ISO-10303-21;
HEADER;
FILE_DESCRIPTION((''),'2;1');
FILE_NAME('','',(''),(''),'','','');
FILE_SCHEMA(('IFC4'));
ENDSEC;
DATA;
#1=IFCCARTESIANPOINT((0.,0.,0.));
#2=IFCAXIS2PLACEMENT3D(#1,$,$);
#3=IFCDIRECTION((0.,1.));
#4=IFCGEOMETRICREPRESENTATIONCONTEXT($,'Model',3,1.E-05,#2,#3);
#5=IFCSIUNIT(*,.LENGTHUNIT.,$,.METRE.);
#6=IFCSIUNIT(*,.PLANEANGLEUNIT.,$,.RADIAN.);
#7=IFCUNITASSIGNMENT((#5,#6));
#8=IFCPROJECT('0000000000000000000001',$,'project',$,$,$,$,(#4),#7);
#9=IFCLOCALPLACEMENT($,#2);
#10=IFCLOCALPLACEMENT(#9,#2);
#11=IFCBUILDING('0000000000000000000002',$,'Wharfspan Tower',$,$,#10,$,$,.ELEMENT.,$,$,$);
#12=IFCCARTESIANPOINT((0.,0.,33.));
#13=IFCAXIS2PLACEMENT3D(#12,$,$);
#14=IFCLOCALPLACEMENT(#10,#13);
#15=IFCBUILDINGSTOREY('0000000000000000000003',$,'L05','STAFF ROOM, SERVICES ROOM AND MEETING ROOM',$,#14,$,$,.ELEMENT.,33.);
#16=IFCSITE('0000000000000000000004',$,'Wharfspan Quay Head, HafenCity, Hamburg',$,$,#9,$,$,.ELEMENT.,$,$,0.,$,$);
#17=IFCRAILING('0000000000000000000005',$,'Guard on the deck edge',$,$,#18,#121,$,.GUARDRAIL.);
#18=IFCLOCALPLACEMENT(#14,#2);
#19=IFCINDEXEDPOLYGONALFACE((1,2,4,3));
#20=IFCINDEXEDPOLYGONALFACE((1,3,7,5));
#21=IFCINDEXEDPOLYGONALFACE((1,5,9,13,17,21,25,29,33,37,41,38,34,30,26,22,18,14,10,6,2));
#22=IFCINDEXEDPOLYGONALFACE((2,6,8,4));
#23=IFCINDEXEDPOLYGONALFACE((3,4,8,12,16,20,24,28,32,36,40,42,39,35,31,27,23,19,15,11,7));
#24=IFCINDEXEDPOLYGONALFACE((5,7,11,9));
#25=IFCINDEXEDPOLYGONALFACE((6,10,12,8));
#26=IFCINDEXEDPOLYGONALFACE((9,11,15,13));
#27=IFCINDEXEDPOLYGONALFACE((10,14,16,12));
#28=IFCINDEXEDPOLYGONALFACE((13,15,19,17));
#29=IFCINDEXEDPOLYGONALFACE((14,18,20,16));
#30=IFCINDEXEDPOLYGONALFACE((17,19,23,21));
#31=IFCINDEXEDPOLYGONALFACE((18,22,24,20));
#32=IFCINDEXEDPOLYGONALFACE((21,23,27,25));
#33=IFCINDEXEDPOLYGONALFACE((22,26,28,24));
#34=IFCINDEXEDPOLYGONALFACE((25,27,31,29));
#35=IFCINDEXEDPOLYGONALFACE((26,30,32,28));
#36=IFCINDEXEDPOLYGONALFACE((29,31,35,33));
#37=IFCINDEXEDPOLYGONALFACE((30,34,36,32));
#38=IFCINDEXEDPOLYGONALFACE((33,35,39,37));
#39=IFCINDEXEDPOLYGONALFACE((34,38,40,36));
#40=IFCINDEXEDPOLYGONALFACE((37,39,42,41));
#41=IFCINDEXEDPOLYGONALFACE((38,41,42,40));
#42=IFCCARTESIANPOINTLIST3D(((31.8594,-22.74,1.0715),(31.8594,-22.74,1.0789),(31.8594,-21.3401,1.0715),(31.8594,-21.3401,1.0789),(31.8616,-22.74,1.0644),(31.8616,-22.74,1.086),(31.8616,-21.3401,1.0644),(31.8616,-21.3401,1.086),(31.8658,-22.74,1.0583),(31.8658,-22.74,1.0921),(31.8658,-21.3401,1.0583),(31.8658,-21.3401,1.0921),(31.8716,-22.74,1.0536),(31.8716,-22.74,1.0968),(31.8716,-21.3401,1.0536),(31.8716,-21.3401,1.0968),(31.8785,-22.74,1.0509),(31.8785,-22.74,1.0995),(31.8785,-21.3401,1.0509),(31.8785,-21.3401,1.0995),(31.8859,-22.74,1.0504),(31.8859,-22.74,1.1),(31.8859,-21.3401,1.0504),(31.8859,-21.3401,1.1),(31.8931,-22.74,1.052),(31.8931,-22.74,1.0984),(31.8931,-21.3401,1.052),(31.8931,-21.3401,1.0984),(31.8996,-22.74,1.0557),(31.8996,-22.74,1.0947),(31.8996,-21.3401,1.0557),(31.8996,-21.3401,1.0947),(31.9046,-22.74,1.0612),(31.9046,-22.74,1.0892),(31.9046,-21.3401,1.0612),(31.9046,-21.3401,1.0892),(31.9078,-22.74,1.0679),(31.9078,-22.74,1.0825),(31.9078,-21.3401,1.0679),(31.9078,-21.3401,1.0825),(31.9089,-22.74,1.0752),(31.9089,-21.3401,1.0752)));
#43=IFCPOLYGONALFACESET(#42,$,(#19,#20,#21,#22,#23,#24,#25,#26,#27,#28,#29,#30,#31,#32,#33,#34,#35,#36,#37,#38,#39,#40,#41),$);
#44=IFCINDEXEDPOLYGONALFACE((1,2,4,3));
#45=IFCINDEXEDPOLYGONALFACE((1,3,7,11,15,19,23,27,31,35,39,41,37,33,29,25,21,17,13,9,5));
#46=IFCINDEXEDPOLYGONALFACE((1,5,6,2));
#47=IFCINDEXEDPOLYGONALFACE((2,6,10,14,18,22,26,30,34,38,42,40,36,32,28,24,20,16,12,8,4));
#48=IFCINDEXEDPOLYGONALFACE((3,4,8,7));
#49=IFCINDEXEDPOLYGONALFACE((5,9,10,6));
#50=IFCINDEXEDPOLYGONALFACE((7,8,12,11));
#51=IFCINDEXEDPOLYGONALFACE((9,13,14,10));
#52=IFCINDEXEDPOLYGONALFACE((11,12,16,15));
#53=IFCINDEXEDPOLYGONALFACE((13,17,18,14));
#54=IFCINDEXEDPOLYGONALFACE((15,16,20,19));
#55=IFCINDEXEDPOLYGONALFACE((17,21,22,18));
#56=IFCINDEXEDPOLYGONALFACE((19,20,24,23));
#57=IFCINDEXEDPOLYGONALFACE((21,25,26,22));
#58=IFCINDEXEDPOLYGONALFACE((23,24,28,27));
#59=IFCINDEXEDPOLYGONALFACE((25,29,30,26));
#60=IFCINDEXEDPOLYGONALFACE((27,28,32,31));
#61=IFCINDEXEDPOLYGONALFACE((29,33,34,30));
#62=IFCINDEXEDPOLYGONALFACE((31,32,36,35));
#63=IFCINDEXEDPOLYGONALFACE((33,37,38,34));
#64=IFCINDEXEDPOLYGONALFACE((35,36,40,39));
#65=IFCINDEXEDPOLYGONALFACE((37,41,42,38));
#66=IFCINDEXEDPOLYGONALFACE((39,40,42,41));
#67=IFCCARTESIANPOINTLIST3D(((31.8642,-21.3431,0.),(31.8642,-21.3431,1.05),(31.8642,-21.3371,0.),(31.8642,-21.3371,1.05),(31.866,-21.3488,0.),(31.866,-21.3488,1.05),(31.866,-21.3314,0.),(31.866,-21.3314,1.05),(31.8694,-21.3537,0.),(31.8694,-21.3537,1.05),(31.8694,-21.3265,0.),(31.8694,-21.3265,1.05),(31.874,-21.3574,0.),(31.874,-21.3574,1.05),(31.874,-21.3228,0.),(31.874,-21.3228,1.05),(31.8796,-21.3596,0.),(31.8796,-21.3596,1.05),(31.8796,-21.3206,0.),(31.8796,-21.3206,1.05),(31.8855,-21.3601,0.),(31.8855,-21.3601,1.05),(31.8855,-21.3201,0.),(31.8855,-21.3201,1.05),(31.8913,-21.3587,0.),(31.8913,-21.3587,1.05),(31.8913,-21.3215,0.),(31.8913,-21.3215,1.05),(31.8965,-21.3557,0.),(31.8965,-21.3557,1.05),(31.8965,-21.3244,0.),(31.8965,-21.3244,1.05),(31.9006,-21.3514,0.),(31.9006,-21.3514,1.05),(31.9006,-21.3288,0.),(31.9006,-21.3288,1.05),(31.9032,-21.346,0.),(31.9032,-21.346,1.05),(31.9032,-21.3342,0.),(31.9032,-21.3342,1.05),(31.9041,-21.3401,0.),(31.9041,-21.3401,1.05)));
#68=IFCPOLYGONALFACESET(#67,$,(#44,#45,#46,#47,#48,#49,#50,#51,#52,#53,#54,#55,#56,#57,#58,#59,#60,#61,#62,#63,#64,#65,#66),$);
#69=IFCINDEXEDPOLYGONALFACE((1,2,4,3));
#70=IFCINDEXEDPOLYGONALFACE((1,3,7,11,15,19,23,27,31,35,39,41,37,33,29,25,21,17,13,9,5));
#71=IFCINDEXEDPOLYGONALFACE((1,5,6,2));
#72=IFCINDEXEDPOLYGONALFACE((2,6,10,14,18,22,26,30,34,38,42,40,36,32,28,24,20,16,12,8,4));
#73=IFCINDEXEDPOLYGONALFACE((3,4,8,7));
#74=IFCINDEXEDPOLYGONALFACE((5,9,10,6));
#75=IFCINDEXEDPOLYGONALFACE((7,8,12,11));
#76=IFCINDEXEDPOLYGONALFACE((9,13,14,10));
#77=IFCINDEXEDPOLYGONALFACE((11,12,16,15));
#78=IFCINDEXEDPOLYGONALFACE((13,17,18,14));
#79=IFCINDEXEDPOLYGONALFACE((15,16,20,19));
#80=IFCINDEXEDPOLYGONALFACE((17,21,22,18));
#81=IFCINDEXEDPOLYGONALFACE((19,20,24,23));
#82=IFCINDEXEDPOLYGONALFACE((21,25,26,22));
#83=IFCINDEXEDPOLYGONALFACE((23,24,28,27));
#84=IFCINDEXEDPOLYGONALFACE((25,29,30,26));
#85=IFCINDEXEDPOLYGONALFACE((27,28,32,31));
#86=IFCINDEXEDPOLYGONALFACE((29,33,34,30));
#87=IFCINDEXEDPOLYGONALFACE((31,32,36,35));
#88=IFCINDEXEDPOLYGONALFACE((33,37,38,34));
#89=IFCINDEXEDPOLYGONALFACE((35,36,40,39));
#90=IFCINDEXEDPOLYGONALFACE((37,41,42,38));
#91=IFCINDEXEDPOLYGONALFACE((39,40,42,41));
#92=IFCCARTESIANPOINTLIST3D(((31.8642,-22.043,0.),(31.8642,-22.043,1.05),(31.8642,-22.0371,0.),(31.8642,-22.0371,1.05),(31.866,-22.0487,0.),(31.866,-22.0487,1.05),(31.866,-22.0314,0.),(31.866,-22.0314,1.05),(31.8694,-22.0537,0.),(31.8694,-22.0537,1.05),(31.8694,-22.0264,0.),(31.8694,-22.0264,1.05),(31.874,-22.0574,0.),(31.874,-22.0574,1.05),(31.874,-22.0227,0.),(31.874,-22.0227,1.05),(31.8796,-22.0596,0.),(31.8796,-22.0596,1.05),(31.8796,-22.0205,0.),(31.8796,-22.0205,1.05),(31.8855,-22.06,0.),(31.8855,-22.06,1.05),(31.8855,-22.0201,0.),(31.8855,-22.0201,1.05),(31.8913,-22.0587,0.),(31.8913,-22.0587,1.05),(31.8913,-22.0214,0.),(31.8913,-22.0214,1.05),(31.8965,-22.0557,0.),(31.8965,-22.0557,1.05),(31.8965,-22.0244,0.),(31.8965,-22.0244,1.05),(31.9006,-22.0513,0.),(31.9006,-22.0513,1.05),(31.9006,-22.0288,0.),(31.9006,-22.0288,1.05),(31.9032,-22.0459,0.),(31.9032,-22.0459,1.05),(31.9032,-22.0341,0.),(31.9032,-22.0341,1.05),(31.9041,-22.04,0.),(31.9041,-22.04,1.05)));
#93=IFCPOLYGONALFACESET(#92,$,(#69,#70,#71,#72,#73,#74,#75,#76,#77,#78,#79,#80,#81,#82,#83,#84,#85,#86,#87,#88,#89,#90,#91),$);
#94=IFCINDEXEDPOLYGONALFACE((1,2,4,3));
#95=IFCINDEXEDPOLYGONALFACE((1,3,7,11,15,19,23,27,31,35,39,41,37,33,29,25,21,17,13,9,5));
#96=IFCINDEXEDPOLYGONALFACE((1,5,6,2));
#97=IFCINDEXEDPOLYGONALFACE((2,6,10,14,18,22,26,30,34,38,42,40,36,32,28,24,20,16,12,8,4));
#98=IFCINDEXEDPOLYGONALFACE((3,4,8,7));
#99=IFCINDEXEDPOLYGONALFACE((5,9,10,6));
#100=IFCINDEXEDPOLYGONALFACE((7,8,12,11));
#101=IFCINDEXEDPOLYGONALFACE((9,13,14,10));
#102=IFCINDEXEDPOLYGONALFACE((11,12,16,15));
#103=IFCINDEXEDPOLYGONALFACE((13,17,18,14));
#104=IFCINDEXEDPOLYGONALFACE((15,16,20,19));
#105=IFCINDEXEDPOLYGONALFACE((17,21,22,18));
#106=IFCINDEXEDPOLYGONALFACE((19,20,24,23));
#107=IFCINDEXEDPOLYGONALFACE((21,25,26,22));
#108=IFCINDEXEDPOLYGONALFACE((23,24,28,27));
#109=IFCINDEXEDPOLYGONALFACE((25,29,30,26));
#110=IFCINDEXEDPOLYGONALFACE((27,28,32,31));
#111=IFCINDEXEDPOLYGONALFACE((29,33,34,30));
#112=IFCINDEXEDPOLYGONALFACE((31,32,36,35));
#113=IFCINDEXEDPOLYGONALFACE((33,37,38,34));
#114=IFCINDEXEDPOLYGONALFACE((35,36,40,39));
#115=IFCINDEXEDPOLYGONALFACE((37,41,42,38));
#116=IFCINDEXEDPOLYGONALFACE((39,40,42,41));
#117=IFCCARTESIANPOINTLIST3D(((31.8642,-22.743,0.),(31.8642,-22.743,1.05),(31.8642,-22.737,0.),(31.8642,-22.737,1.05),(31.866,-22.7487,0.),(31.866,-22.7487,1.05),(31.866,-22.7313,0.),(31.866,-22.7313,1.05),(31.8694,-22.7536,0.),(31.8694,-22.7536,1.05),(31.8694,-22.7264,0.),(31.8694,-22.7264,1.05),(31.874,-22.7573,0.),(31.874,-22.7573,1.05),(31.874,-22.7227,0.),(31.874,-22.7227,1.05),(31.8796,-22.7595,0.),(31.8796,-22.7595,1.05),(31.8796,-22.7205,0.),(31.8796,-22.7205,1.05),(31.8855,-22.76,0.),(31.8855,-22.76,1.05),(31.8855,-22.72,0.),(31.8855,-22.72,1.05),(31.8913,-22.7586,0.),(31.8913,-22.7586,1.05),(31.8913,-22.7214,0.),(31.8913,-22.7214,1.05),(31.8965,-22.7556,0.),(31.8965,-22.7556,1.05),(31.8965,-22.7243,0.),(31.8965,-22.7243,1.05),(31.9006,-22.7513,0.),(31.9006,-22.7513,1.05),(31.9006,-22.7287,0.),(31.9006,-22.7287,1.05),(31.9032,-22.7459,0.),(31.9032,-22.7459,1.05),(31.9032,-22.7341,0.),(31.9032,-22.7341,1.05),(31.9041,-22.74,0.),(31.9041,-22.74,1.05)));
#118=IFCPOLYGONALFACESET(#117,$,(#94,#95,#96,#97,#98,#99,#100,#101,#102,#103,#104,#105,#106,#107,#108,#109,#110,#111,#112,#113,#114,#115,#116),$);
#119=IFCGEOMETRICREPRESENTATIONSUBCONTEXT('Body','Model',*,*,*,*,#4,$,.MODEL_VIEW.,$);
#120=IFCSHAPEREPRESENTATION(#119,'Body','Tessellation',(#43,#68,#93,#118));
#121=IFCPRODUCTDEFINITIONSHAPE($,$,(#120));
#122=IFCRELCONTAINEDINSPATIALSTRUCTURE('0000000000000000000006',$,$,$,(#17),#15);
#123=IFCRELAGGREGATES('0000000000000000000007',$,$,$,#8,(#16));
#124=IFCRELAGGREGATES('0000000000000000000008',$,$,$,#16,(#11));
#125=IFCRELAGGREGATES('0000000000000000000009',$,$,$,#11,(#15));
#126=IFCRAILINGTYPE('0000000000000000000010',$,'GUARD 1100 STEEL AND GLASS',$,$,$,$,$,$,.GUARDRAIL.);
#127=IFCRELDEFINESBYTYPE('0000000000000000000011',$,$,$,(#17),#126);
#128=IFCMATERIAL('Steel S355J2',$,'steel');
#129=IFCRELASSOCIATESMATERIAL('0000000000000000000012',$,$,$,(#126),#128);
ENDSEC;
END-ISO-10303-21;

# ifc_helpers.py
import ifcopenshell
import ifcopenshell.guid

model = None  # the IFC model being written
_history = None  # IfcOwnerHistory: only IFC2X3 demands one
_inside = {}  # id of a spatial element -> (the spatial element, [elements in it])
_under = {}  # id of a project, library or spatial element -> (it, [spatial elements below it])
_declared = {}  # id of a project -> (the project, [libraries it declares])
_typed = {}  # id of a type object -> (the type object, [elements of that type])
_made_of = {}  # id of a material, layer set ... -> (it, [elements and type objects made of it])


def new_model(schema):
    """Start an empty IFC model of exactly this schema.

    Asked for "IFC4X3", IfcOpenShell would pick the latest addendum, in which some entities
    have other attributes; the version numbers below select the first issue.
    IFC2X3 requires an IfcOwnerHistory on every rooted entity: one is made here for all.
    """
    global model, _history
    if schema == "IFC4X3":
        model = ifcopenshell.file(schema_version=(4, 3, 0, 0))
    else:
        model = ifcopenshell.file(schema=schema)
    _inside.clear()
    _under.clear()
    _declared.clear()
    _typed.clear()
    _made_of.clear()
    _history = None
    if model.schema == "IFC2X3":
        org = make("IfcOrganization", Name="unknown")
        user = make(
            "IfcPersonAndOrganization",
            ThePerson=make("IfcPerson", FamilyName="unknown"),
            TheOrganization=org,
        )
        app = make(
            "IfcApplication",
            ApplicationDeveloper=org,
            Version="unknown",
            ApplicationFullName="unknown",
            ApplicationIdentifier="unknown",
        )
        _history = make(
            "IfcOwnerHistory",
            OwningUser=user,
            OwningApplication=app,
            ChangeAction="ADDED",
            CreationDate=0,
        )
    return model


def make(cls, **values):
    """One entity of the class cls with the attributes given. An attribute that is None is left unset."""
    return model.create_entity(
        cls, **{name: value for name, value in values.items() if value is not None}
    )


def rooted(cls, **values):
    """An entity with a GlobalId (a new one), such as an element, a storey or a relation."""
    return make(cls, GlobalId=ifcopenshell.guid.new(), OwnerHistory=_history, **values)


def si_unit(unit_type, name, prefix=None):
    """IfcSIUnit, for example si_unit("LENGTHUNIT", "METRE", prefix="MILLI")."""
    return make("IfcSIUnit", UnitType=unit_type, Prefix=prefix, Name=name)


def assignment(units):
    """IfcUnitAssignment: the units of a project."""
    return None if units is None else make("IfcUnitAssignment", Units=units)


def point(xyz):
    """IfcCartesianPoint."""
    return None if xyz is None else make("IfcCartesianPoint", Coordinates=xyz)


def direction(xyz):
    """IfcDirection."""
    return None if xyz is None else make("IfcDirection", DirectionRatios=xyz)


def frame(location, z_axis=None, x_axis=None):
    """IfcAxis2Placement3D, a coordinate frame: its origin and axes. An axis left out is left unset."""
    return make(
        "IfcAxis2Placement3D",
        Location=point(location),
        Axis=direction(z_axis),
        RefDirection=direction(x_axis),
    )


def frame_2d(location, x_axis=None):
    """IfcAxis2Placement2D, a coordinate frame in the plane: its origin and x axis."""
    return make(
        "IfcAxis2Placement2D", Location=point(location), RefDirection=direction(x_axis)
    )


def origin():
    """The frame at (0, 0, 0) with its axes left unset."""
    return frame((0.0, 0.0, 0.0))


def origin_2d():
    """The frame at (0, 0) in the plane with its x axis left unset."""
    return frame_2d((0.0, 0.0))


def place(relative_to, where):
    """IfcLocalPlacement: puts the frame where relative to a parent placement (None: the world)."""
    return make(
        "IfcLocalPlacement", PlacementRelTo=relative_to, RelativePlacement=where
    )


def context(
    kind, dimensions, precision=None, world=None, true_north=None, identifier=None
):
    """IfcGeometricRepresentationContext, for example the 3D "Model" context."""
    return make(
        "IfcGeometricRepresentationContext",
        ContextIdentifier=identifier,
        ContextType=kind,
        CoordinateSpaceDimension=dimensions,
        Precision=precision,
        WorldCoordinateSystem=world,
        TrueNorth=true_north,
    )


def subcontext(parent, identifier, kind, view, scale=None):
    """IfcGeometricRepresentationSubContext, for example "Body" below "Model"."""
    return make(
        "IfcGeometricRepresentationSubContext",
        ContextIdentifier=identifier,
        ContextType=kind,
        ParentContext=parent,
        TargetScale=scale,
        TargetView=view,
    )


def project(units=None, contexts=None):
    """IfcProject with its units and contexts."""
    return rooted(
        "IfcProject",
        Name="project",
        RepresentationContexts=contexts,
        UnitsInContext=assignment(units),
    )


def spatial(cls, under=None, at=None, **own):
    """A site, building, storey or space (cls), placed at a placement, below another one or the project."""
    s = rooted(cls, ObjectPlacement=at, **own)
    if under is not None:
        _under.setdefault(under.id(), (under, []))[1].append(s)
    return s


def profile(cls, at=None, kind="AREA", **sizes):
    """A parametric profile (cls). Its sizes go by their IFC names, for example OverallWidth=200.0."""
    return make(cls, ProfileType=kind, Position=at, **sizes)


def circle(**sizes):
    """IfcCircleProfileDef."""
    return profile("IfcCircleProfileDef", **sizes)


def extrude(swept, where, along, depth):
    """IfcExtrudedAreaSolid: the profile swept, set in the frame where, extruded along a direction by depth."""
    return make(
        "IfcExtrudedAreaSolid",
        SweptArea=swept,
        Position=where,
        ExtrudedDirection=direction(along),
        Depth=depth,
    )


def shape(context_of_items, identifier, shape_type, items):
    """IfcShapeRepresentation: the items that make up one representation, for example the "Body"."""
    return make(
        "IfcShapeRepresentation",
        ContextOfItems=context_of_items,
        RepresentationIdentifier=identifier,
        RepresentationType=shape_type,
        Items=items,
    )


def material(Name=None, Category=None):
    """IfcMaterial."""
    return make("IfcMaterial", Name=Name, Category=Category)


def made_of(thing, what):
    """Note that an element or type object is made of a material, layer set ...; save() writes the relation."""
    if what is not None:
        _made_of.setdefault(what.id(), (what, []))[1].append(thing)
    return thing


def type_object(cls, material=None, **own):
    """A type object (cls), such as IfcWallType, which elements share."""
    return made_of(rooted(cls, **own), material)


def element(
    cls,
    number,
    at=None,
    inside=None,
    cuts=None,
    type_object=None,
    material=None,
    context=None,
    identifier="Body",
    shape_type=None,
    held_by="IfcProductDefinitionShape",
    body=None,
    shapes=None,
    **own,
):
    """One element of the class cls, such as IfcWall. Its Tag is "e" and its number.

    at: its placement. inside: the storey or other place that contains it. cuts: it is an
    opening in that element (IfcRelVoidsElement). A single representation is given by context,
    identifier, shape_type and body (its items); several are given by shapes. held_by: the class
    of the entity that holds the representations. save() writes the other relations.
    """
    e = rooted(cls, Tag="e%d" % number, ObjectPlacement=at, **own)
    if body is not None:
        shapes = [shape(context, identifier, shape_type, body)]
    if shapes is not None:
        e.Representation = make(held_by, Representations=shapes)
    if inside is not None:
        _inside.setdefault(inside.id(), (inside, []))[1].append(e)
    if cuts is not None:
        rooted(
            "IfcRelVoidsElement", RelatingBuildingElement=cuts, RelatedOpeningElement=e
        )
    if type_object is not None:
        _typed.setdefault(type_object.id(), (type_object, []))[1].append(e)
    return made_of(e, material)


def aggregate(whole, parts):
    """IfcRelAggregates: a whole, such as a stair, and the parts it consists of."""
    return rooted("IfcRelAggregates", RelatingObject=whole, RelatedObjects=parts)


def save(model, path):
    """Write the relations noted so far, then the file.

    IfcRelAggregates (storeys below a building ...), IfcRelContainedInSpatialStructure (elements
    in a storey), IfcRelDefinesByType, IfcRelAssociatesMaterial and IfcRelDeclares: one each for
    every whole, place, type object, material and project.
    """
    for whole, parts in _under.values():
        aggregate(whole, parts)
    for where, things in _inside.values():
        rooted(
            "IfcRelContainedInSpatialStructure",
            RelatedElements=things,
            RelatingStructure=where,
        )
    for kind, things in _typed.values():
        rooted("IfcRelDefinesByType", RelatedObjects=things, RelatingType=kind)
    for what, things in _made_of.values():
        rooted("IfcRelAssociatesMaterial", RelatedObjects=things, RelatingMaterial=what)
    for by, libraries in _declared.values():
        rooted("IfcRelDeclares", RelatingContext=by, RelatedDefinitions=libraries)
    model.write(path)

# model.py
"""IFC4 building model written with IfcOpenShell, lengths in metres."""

from ifc_helpers import new_model, si_unit, direction, frame, origin, origin_2d, place, context, subcontext, project, spatial, circle, extrude, material, type_object, element, save


model = new_model("IFC4")

# Units and contexts
model_context = context("Model", 3, precision=1e-05, world=origin(), true_north=direction((0.0, 1.0)))
body_context = subcontext(model_context, "Body", "Model", "MODEL_VIEW")
ifc_project = project(units=[si_unit("LENGTHUNIT", "METRE"), si_unit("PLANEANGLEUNIT", "RADIAN")], contexts=[model_context])

# Site, building, storey
site_placement = place(None, origin())
site = spatial("IfcSite", under=ifc_project, at=site_placement, Name="Wharfspan Quay Head, HafenCity, Hamburg", CompositionType="ELEMENT", RefElevation=0.0)
building_placement = place(site_placement, origin())
building = spatial("IfcBuilding", under=site, at=building_placement, Name="Wharfspan Tower", CompositionType="ELEMENT")
storey_placement = place(building_placement, frame((0.0, 0.0, 33.0)))
storey = spatial("IfcBuildingStorey", under=building, at=storey_placement, Name="L05", Description="STAFF ROOM, SERVICES ROOM AND MEETING ROOM", CompositionType="ELEMENT", Elevation=33.0)

# Railing
ifc_material_1 = material(Name="Steel S355J2", Category="steel")
railing_type = type_object("IfcRailingType", Name="GUARD 1100 STEEL AND GLASS", PredefinedType="GUARDRAIL", material=ifc_material_1)
railing_1_placement = place(storey_placement, frame((31.884, -21.3401, 0.0)))
element("IfcRailing", 1, at=railing_1_placement, inside=storey, type_object=railing_type, Name="Guard on the deck edge", PredefinedType="GUARDRAIL", context=body_context, shape_type="SweptSolid", body=[
    extrude(circle(Radius=0.0249, at=origin_2d()), frame((0.0, 0.0, 1.0752), z_axis=(0.0, -1.0, 0.0), x_axis=(1.0, 0.0, 0.0)), (0.0, 0.0, 1.0), 1.3999),
    extrude(circle(Radius=0.02, at=origin_2d()), origin(), (0.0, 0.0, 1.0), 1.05),
    extrude(circle(Radius=0.02, at=origin_2d()), frame((0.0, -0.7, 0.0)), (0.0, 0.0, 1.0), 1.05),
    extrude(circle(Radius=0.02, at=origin_2d()), frame((0.0, -1.3999, 0.0)), (0.0, 0.0, 1.0), 1.05),
])

save(model, "model.ifc")
